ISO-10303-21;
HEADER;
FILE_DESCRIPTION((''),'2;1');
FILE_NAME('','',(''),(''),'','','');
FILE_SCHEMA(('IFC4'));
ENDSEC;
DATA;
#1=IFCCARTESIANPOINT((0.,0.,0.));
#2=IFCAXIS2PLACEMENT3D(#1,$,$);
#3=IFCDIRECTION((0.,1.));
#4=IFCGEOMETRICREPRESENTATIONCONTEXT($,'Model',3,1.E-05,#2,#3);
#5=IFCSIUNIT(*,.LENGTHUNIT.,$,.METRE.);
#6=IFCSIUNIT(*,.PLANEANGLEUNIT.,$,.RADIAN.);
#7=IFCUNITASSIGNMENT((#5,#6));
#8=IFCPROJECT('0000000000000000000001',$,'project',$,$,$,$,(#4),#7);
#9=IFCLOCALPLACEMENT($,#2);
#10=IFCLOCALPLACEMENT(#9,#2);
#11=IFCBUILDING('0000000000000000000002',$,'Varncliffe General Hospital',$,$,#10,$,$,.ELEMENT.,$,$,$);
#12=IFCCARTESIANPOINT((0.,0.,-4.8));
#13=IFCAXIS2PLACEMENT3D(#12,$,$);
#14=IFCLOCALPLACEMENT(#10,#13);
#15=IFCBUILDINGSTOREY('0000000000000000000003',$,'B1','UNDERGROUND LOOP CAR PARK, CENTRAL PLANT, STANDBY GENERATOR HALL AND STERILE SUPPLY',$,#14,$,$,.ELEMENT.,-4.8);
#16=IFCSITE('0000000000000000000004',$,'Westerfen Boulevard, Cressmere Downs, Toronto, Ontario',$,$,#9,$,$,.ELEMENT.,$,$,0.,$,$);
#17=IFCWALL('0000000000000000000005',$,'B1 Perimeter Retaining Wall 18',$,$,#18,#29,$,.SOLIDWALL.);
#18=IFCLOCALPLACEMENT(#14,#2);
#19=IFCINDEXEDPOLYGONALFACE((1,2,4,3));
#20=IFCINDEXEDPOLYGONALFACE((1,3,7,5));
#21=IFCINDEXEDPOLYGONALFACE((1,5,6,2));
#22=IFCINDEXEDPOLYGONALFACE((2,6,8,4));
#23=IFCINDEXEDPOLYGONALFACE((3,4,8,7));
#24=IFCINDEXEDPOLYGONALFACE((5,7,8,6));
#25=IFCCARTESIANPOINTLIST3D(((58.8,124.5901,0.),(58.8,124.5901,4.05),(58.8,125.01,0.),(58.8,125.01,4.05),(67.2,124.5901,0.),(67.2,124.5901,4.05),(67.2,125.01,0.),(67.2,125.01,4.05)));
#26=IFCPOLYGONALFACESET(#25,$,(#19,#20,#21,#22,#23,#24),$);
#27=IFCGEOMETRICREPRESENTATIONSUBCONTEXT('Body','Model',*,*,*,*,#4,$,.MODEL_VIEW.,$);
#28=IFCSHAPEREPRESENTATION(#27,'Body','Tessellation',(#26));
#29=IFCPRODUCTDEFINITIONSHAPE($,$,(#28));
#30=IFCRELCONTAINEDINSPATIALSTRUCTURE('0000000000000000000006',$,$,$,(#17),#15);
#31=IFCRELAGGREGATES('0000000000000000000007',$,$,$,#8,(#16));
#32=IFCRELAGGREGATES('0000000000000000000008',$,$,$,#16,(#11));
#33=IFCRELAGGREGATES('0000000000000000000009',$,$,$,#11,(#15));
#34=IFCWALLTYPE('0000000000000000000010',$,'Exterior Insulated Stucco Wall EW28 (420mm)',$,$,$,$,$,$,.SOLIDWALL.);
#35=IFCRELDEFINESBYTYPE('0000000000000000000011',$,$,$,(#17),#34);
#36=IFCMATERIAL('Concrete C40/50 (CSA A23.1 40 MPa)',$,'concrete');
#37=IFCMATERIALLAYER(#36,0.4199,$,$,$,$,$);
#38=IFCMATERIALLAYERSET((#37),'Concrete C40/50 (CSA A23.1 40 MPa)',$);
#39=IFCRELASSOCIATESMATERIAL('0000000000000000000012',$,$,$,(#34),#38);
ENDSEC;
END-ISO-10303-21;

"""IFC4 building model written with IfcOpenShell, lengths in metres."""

from ifc_helpers import new_model, si_unit, direction, frame, frame_2d, origin, place, context, subcontext, project, spatial, rectangle, extrude, material, layer, layer_set, type_object, element, save


model = new_model("IFC4")

# Units and contexts
model_context = context("Model", 3, precision=1e-05, world=origin(), true_north=direction((0.0, 1.0)))
body_context = subcontext(model_context, "Body", "Model", "MODEL_VIEW")
ifc_project = project(units=[si_unit("LENGTHUNIT", "METRE"), si_unit("PLANEANGLEUNIT", "RADIAN")], contexts=[model_context])

# Site, building, storey
site_placement = place(None, origin())
site = spatial("IfcSite", under=ifc_project, at=site_placement, Name="Westerfen Boulevard, Cressmere Downs, Toronto, Ontario", CompositionType="ELEMENT", RefElevation=0.0)
building_placement = place(site_placement, origin())
building = spatial("IfcBuilding", under=site, at=building_placement, Name="Varncliffe General Hospital", CompositionType="ELEMENT")
storey_placement = place(building_placement, frame((0.0, 0.0, -4.8)))
storey = spatial("IfcBuildingStorey", under=building, at=storey_placement, Name="B1", Description="UNDERGROUND LOOP CAR PARK, CENTRAL PLANT, STANDBY GENERATOR HALL AND STERILE SUPPLY", CompositionType="ELEMENT", Elevation=-4.8)

# Shared definitions
ifc_material_1 = material(Name="Concrete C40/50 (CSA A23.1 40 MPa)", Category="concrete")

# Wall
ifc_layer = layer(ifc_material_1, 0.4199)
ifc_layer_set = layer_set([ifc_layer], Name="Concrete C40/50 (CSA A23.1 40 MPa)")
wall_type = type_object("IfcWallType", Name="Exterior Insulated Stucco Wall EW28 (420mm)", PredefinedType="SOLIDWALL", material=ifc_layer_set)
wall_placement = place(storey_placement, frame((58.8, 124.8, 0.0), z_axis=(0.0, 0.0, 1.0), x_axis=(1.0, 0.0, 0.0)))
element("IfcWall", 1, at=wall_placement, inside=storey, type_object=wall_type, Name="B1 Perimeter Retaining Wall 18", PredefinedType="SOLIDWALL", context=body_context, shape_type="SweptSolid", body=[
    extrude(rectangle(XDim=8.3999, YDim=0.4199, at=frame_2d((4.2, 0.0))), origin(), (0.0, 0.0, 1.0), 4.05),
])

save(model, "model.ifc")
